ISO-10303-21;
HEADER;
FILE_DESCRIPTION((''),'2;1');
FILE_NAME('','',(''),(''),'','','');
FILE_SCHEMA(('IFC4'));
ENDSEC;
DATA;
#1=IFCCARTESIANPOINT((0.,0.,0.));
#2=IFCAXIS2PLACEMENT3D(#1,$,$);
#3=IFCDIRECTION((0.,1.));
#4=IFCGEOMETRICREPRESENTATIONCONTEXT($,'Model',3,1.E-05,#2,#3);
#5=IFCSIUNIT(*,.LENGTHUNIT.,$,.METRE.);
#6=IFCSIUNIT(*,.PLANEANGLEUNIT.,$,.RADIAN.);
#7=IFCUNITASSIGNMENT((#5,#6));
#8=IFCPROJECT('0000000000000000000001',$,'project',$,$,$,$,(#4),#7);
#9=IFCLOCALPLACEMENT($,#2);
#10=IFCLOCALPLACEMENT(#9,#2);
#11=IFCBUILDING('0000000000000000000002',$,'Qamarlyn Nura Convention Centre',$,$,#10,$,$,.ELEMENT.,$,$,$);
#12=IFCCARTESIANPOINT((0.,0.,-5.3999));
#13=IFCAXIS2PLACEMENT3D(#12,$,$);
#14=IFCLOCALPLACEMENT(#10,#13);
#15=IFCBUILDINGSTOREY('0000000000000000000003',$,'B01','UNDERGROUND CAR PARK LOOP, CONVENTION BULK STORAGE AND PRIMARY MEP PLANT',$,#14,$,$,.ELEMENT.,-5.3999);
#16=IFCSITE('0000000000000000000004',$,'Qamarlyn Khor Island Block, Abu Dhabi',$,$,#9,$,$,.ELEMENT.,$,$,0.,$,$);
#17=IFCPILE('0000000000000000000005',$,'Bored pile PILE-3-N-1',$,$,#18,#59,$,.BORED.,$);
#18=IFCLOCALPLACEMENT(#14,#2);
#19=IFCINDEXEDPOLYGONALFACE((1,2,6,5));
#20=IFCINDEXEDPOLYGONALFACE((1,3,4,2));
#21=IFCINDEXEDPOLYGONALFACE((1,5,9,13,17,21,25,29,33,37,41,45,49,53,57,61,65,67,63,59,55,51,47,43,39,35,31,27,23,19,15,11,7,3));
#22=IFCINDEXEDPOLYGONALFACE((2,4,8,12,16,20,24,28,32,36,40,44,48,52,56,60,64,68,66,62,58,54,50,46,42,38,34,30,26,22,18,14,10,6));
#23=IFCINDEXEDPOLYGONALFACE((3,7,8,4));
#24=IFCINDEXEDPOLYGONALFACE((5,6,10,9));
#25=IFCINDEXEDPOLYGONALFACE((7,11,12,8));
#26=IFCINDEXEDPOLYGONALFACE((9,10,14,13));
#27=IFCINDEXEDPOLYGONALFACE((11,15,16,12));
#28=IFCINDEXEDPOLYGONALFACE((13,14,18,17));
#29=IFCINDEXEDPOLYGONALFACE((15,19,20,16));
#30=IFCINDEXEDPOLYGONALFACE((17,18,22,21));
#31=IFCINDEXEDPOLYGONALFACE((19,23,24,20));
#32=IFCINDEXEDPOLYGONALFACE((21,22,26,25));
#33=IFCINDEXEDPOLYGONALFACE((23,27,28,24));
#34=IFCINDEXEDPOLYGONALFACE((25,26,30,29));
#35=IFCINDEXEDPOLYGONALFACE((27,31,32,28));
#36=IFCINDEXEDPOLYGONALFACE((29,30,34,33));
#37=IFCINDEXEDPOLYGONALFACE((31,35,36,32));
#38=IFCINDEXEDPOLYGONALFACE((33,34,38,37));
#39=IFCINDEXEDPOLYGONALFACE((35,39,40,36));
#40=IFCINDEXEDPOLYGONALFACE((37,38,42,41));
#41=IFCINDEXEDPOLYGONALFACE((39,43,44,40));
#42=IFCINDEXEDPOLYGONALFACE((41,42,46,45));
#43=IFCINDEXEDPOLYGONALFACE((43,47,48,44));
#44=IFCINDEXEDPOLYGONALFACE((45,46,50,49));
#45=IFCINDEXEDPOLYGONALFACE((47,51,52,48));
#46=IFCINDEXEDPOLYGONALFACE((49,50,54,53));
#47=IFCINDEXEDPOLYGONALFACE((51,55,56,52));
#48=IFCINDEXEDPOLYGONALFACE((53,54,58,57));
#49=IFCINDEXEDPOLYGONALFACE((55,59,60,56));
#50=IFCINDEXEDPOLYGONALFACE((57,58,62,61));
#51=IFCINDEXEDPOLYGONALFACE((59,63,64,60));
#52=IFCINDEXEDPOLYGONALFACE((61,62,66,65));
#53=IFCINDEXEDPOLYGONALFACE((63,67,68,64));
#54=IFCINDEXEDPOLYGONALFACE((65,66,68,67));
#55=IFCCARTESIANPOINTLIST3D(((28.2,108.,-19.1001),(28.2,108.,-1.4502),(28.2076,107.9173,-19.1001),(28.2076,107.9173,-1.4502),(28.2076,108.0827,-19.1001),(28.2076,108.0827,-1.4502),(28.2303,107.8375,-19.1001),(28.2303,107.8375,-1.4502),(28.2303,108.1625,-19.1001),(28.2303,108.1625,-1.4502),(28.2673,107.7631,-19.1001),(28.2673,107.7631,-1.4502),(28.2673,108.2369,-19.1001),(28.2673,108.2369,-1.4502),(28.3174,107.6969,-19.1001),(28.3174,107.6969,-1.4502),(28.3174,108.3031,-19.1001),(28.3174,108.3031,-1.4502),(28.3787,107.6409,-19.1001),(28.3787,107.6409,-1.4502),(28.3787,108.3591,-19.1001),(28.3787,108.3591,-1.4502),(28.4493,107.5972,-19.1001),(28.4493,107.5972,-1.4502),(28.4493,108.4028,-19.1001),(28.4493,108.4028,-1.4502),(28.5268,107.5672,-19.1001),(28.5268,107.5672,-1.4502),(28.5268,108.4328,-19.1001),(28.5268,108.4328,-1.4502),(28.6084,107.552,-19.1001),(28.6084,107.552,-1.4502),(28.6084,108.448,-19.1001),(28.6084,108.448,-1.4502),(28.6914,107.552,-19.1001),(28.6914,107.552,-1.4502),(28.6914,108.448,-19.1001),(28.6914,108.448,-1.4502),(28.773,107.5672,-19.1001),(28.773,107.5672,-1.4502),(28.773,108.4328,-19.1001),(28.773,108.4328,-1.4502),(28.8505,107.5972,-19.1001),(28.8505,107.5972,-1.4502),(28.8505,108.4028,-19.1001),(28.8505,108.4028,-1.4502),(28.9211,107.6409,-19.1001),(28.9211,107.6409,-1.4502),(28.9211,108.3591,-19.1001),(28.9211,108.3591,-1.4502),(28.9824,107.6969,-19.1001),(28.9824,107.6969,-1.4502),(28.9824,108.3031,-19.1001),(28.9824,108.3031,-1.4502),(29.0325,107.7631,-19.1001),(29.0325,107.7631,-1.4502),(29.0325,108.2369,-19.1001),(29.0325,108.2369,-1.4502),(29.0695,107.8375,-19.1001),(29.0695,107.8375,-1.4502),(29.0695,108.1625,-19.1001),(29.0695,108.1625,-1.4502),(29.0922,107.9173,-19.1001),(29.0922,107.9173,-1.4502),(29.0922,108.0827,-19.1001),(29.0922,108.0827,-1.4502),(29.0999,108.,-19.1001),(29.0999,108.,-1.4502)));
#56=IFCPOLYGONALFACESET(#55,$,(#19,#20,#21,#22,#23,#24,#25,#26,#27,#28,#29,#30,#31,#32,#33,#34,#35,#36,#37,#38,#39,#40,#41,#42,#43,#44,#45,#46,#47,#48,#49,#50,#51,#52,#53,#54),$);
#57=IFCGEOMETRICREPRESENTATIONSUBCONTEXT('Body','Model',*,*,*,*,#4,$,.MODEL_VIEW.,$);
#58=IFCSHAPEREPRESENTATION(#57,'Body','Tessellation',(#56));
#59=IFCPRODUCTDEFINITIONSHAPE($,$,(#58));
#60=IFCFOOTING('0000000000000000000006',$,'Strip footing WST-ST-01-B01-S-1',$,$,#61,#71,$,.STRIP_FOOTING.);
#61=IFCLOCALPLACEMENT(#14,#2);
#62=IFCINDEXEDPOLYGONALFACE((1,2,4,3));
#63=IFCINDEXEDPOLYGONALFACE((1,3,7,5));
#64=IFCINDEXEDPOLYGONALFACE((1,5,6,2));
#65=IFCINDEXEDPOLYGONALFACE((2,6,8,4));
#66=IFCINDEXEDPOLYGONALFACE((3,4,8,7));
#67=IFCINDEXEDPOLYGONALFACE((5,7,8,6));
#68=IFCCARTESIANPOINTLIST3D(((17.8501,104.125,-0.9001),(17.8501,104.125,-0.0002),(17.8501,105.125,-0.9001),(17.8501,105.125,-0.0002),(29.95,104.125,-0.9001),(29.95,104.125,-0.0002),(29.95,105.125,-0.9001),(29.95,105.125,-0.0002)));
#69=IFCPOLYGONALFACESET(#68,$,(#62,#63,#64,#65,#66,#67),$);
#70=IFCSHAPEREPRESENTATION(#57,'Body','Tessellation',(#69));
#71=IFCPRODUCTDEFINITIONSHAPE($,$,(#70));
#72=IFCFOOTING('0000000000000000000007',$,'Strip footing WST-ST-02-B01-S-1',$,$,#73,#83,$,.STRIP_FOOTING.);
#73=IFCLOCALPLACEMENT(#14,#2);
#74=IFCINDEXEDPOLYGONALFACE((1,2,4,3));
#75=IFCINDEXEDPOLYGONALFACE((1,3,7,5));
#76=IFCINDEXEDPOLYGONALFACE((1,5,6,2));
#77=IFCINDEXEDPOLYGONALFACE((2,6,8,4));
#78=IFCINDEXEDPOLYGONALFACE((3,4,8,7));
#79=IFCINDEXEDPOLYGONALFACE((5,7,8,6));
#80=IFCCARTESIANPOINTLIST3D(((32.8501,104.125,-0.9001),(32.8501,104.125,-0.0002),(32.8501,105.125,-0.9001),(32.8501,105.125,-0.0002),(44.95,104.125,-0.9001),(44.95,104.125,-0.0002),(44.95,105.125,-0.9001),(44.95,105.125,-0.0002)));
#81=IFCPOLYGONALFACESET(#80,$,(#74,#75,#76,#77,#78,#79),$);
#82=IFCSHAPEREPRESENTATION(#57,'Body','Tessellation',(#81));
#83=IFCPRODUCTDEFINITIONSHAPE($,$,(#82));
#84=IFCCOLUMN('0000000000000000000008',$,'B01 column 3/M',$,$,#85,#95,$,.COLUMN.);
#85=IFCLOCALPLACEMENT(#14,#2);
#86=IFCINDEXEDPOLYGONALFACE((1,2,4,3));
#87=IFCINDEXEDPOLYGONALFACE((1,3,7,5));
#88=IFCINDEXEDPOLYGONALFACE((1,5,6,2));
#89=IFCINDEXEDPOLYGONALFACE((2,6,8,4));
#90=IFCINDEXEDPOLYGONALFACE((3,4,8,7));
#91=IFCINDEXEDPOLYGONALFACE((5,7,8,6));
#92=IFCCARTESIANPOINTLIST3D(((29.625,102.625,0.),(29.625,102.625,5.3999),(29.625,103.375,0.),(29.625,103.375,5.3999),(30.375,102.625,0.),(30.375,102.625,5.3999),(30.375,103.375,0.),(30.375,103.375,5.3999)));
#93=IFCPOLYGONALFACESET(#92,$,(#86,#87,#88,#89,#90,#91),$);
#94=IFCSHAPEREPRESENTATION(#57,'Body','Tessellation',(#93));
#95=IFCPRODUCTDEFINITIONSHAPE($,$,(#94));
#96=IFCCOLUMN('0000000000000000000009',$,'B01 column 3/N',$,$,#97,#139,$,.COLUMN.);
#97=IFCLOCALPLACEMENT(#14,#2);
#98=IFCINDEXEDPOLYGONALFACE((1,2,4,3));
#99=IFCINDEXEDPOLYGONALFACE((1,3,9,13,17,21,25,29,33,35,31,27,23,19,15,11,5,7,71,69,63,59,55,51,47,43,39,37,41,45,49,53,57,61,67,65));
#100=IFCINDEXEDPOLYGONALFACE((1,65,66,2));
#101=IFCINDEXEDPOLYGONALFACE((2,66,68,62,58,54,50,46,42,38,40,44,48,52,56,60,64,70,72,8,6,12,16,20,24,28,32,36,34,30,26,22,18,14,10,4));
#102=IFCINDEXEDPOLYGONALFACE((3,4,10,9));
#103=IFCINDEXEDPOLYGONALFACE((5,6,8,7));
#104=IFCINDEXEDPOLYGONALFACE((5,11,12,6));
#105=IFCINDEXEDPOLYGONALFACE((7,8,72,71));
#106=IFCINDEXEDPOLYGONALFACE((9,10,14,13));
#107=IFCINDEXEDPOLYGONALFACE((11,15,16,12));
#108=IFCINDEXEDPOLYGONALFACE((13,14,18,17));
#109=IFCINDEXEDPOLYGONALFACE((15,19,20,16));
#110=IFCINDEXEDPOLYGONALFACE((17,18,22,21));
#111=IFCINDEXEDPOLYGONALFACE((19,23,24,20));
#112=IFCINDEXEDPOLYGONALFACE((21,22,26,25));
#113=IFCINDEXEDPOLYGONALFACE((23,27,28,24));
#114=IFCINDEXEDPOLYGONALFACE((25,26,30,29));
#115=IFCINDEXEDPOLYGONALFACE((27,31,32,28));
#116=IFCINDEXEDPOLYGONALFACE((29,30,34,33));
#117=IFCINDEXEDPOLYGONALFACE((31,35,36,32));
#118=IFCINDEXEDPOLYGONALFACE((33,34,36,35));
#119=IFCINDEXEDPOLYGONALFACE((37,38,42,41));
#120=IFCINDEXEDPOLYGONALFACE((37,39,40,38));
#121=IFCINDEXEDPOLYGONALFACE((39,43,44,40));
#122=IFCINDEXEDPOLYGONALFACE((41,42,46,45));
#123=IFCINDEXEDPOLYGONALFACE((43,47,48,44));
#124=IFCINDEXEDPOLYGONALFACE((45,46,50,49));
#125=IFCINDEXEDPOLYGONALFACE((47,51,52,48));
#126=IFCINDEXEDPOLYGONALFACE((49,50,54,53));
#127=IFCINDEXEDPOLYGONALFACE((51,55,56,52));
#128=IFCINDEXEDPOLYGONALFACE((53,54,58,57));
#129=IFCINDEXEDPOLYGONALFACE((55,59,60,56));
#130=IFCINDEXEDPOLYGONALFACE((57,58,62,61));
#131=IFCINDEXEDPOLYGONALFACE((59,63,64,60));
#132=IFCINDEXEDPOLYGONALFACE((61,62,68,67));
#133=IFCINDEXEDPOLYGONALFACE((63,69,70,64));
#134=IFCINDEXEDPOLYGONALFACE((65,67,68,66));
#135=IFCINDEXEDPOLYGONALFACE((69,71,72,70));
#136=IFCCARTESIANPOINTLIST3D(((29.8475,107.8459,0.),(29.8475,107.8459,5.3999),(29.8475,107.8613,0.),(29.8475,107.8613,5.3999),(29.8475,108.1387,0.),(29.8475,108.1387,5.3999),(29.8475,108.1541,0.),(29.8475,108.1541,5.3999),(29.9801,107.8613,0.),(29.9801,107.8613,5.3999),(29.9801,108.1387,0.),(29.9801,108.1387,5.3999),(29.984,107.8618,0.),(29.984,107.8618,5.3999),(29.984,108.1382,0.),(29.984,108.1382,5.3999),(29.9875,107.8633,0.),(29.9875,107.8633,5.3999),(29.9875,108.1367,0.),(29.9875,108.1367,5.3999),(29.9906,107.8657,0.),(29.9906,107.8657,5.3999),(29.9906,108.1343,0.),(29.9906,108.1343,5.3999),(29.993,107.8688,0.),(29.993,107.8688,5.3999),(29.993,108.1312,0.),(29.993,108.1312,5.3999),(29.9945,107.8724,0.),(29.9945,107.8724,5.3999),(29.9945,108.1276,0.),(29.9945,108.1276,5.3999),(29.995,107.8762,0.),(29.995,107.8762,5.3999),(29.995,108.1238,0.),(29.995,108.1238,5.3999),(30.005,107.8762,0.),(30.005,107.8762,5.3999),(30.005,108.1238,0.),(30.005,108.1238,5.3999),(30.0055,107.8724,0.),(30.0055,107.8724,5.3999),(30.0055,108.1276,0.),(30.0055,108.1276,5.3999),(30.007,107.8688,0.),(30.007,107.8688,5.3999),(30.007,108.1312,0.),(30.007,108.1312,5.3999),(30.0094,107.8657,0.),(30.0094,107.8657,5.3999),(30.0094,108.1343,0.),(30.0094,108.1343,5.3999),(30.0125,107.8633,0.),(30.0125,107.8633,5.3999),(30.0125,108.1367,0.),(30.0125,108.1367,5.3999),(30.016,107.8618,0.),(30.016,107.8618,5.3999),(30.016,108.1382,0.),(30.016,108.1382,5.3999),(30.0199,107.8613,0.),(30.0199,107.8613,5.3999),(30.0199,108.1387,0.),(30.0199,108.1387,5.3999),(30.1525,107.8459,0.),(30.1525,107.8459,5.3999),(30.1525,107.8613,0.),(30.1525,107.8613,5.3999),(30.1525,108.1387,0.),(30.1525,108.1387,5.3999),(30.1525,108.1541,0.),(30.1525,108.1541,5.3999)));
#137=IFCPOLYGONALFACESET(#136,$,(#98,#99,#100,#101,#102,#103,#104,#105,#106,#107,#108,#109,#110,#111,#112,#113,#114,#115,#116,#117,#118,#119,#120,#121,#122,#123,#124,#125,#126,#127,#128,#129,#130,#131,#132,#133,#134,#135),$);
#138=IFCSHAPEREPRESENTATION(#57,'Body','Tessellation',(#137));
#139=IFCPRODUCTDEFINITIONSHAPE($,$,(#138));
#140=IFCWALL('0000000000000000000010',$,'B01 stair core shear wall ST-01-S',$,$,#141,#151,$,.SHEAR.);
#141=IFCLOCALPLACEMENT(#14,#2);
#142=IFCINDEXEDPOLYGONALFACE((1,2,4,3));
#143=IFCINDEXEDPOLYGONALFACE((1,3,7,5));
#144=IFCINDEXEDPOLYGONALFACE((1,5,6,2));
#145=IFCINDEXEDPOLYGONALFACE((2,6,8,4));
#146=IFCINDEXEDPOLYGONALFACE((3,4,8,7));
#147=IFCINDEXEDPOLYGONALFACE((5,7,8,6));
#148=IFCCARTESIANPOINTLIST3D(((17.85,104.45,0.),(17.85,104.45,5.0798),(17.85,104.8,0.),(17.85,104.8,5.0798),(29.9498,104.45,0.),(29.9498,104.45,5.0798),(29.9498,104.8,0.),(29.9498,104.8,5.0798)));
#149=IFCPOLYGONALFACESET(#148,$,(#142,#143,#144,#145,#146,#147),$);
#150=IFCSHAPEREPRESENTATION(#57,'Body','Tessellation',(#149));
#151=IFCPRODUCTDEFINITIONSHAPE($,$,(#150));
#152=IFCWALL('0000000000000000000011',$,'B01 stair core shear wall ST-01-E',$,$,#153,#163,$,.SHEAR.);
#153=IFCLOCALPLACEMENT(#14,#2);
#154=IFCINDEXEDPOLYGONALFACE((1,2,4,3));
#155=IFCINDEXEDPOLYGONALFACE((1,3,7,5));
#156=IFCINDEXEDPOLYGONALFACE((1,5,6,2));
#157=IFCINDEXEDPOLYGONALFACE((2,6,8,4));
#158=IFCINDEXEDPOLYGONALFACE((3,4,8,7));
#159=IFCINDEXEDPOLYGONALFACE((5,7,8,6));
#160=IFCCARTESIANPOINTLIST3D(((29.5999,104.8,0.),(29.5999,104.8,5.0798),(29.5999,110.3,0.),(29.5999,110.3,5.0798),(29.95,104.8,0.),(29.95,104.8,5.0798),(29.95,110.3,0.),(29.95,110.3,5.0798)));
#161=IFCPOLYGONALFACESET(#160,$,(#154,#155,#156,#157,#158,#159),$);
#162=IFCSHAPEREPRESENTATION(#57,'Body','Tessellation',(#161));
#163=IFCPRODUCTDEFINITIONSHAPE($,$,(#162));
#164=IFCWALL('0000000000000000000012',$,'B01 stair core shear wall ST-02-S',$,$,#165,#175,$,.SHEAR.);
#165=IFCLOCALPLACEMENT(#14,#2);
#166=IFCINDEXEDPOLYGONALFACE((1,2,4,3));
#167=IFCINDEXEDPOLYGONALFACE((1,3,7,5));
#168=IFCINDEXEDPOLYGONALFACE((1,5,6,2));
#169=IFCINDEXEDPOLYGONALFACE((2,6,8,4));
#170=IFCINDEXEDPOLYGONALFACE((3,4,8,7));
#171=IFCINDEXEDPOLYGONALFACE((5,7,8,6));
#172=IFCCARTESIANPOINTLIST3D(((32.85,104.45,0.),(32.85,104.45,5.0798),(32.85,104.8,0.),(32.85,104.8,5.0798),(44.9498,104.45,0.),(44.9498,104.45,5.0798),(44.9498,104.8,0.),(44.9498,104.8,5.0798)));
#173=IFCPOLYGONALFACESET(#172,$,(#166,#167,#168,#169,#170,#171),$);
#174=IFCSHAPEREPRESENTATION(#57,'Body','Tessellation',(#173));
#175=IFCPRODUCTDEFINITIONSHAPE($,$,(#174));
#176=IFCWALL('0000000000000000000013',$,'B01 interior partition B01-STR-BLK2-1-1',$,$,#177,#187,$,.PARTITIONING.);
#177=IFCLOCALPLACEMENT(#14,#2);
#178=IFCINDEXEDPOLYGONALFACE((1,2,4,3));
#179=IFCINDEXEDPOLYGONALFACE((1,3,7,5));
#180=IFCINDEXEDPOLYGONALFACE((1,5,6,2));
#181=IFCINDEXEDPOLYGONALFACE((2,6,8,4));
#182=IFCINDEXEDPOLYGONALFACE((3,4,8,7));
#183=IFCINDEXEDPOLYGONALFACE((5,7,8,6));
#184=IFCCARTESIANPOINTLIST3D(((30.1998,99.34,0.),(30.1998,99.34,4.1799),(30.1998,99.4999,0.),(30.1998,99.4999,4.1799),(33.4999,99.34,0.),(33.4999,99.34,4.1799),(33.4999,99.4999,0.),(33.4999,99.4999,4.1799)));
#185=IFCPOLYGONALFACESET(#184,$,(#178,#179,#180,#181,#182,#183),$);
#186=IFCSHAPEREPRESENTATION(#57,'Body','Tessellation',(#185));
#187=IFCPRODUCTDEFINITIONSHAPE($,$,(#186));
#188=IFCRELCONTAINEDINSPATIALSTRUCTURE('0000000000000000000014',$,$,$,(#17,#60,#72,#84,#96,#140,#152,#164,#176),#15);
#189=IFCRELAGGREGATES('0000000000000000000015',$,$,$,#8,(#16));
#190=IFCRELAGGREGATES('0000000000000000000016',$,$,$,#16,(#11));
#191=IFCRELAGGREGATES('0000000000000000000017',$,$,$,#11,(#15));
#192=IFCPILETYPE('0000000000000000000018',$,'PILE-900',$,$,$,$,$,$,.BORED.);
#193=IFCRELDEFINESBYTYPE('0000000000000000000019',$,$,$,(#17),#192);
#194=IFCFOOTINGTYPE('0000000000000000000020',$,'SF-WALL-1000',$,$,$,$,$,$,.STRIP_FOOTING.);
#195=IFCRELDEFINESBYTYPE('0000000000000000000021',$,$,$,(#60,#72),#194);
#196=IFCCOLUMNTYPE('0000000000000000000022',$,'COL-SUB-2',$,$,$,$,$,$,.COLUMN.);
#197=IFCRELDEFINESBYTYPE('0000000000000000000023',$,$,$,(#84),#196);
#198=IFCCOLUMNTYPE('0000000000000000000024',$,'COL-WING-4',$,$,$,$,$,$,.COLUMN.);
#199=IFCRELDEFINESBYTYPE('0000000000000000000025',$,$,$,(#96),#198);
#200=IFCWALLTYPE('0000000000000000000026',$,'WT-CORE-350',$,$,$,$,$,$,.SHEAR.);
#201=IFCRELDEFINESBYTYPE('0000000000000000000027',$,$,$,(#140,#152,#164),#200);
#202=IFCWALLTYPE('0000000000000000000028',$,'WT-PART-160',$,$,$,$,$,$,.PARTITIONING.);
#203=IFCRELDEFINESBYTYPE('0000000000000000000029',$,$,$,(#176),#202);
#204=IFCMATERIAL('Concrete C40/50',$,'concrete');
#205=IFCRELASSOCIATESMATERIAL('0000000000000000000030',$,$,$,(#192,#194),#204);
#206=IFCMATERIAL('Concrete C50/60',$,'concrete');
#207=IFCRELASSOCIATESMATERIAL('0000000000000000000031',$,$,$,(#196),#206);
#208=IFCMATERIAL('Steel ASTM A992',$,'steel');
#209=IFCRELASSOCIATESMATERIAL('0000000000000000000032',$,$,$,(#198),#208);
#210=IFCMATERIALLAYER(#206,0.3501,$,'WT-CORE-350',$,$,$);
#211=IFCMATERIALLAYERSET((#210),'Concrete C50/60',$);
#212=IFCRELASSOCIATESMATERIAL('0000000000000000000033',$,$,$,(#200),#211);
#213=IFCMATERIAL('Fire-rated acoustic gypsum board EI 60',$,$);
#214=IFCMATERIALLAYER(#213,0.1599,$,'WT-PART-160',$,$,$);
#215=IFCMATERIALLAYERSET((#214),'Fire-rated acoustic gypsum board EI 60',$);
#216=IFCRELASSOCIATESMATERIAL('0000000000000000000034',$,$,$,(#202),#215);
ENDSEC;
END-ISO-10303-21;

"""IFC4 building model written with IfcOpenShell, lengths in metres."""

from ifc_helpers import new_model, si_unit, direction, frame, frame_2d, origin, origin_2d, place, context, subcontext, project, spatial, rectangle, circle, i_section, extrude, material, layer, layer_set, material_profile, profile_set, type_object, element, save


model = new_model("IFC4")

# Units and contexts
model_context = context("Model", 3, precision=1e-05, world=origin(), true_north=direction((0.0, 1.0)))
body_context = subcontext(model_context, "Body", "Model", "MODEL_VIEW")
ifc_project = project(units=[si_unit("LENGTHUNIT", "METRE"), si_unit("PLANEANGLEUNIT", "RADIAN")], contexts=[model_context])

# Site, building, storey
site_placement = place(None, origin())
site = spatial("IfcSite", under=ifc_project, at=site_placement, Name="Qamarlyn Khor Island Block, Abu Dhabi", CompositionType="ELEMENT", RefElevation=0.0)
building_placement = place(site_placement, origin())
building = spatial("IfcBuilding", under=site, at=building_placement, Name="Qamarlyn Nura Convention Centre", CompositionType="ELEMENT")
storey_placement = place(building_placement, frame((0.0, 0.0, -5.3999)))
storey = spatial("IfcBuildingStorey", under=building, at=storey_placement, Name="B01", Description="UNDERGROUND CAR PARK LOOP, CONVENTION BULK STORAGE AND PRIMARY MEP PLANT", CompositionType="ELEMENT", Elevation=-5.3999)

# Shared definitions
ifc_material_1 = material(Name="Concrete C40/50", Category="concrete")

# Pile
ifc_material_profile_1 = material_profile(ifc_material_1, circle(Radius=0.45, at=origin_2d()), Name="BORED PILE 900")
ifc_profile_set_1 = profile_set([ifc_material_profile_1], Name="Concrete C40/50")
pile_type = type_object("IfcPileType", Name="PILE-900", PredefinedType="BORED", material=ifc_profile_set_1)
pile_placement = place(storey_placement, frame((28.6499, 108.0, -1.4502), z_axis=(0.0, 0.0, -1.0), x_axis=(1.0, 0.0, 0.0)))
element("IfcPile", 1, at=pile_placement, inside=storey, type_object=pile_type, Name="Bored pile PILE-3-N-1", PredefinedType="BORED", context=body_context, shape_type="SweptSolid", body=[
    extrude(circle(Radius=0.45, at=origin_2d()), origin(), (0.0, 0.0, 1.0), 17.6499),
])

# Footings
ifc_material_profile_2 = material_profile(ifc_material_1, rectangle(XDim=1.0, YDim=0.8999, at=origin_2d()), Name="RC STRIP 1000x900")
ifc_profile_set_2 = profile_set([ifc_material_profile_2], Name="Concrete C40/50")
footing_type_1 = type_object("IfcFootingType", Name="SF-WALL-1000", PredefinedType="STRIP_FOOTING", material=ifc_profile_set_2)
for number, where, z_axis, x_axis, name in (
    (2, (17.8501, 104.625, -0.4502), (1.0, 0.0, 0.0), (0.0, 1.0, 0.0), "Strip footing WST-ST-01-B01-S-1"),
    (3, (32.8501, 104.625, -0.4502), (1.0, 0.0, 0.0), (0.0, 1.0, 0.0), "Strip footing WST-ST-02-B01-S-1"),
):
    element("IfcFooting", number, at=place(storey_placement, frame(where, z_axis=z_axis, x_axis=x_axis)), inside=storey, type_object=footing_type_1, Name=name, PredefinedType="STRIP_FOOTING", context=body_context, shape_type="SweptSolid", body=[
        extrude(rectangle(XDim=1.0, YDim=0.8999, at=origin_2d()), origin(), (0.0, 0.0, 1.0), 12.0999),
    ])

# Columns
ifc_material_2 = material(Name="Concrete C50/60", Category="concrete")
ifc_material_profile_3 = material_profile(ifc_material_2, rectangle(XDim=0.75, YDim=0.75, at=origin_2d()), Name="RC 750x750")
ifc_profile_set_3 = profile_set([ifc_material_profile_3], Name="Concrete C50/60")
column_type_1 = type_object("IfcColumnType", Name="COL-SUB-2", PredefinedType="COLUMN", material=ifc_profile_set_3)
column_1_placement = place(storey_placement, frame((30.0, 103.0, 0.0), z_axis=(0.0, 0.0, 1.0), x_axis=(1.0, 0.0, 0.0)))
element("IfcColumn", 4, at=column_1_placement, inside=storey, type_object=column_type_1, Name="B01 column 3/M", PredefinedType="COLUMN", context=body_context, shape_type="SweptSolid", body=[
    extrude(rectangle(XDim=0.75, YDim=0.75, at=origin_2d()), origin(), (0.0, 0.0, 1.0), 5.3999),
])
ifc_material_3 = material(Name="Steel ASTM A992", Category="steel")
ifc_material_profile_4 = material_profile(ifc_material_3, i_section(OverallWidth=0.3049, OverallDepth=0.3081, WebThickness=0.01, FlangeThickness=0.0154, FilletRadius=0.0149, at=origin_2d()), Name="W310X97")
ifc_profile_set_4 = profile_set([ifc_material_profile_4], Name="Steel ASTM A992")
column_type_2 = type_object("IfcColumnType", Name="COL-WING-4", PredefinedType="COLUMN", material=ifc_profile_set_4)
column_2_placement = place(storey_placement, frame((30.0, 108.0, 0.0), z_axis=(0.0, 0.0, 1.0), x_axis=(1.0, 0.0, 0.0)))
element("IfcColumn", 5, at=column_2_placement, inside=storey, type_object=column_type_2, Name="B01 column 3/N", PredefinedType="COLUMN", context=body_context, shape_type="SweptSolid", body=[
    extrude(i_section(OverallWidth=0.3049, OverallDepth=0.3081, WebThickness=0.01, FlangeThickness=0.0154, FilletRadius=0.0149, at=origin_2d()), origin(), (0.0, 0.0, 1.0), 5.3999),
])

# Walls
ifc_layer_1 = layer(ifc_material_2, 0.3501, Name="WT-CORE-350")
ifc_layer_set_1 = layer_set([ifc_layer_1], Name="Concrete C50/60")
wall_type_1 = type_object("IfcWallType", Name="WT-CORE-350", PredefinedType="SHEAR", material=ifc_layer_set_1)
wall_1_placement = place(storey_placement, frame((17.8501, 104.625, 0.0), z_axis=(0.0, 0.0, 1.0), x_axis=(1.0, 0.0, 0.0)))
element("IfcWall", 6, at=wall_1_placement, inside=storey, type_object=wall_type_1, Name="B01 stair core shear wall ST-01-S", PredefinedType="SHEAR", context=body_context, shape_type="SweptSolid", body=[
    extrude(rectangle(XDim=12.0999, YDim=0.3501, at=frame_2d((6.0498, 0.0))), origin(), (0.0, 0.0, 1.0), 5.0798),
])
wall_2_placement = place(storey_placement, frame((29.7749, 104.8, 0.0), z_axis=(0.0, 0.0, 1.0), x_axis=(0.0, 1.0, 0.0)))
element("IfcWall", 7, at=wall_2_placement, inside=storey, type_object=wall_type_1, Name="B01 stair core shear wall ST-01-E", PredefinedType="SHEAR", context=body_context, shape_type="SweptSolid", body=[
    extrude(rectangle(XDim=5.5, YDim=0.3501, at=frame_2d((2.75, 0.0))), origin(), (0.0, 0.0, 1.0), 5.0798),
])
wall_3_placement = place(storey_placement, frame((32.8501, 104.625, 0.0), z_axis=(0.0, 0.0, 1.0), x_axis=(1.0, 0.0, 0.0)))
element("IfcWall", 8, at=wall_3_placement, inside=storey, type_object=wall_type_1, Name="B01 stair core shear wall ST-02-S", PredefinedType="SHEAR", context=body_context, shape_type="SweptSolid", body=[
    extrude(rectangle(XDim=12.0999, YDim=0.3501, at=frame_2d((6.0498, 0.0))), origin(), (0.0, 0.0, 1.0), 5.0798),
])
ifc_material_4 = material(Name="Fire-rated acoustic gypsum board EI 60")
ifc_layer_2 = layer(ifc_material_4, 0.1599, Name="WT-PART-160")
ifc_layer_set_2 = layer_set([ifc_layer_2], Name="Fire-rated acoustic gypsum board EI 60")
wall_type_2 = type_object("IfcWallType", Name="WT-PART-160", PredefinedType="PARTITIONING", material=ifc_layer_set_2)
wall_4_placement = place(storey_placement, frame((30.2, 99.4199, 0.0), z_axis=(0.0, 0.0, 1.0), x_axis=(1.0, 0.0, 0.0)))
element("IfcWall", 9, at=wall_4_placement, inside=storey, type_object=wall_type_2, Name="B01 interior partition B01-STR-BLK2-1-1", PredefinedType="PARTITIONING", context=body_context, shape_type="SweptSolid", body=[
    extrude(rectangle(XDim=3.3, YDim=0.1599, at=frame_2d((1.6499, 0.0))), origin(), (0.0, 0.0, 1.0), 4.1799),
])

save(model, "model.ifc")
